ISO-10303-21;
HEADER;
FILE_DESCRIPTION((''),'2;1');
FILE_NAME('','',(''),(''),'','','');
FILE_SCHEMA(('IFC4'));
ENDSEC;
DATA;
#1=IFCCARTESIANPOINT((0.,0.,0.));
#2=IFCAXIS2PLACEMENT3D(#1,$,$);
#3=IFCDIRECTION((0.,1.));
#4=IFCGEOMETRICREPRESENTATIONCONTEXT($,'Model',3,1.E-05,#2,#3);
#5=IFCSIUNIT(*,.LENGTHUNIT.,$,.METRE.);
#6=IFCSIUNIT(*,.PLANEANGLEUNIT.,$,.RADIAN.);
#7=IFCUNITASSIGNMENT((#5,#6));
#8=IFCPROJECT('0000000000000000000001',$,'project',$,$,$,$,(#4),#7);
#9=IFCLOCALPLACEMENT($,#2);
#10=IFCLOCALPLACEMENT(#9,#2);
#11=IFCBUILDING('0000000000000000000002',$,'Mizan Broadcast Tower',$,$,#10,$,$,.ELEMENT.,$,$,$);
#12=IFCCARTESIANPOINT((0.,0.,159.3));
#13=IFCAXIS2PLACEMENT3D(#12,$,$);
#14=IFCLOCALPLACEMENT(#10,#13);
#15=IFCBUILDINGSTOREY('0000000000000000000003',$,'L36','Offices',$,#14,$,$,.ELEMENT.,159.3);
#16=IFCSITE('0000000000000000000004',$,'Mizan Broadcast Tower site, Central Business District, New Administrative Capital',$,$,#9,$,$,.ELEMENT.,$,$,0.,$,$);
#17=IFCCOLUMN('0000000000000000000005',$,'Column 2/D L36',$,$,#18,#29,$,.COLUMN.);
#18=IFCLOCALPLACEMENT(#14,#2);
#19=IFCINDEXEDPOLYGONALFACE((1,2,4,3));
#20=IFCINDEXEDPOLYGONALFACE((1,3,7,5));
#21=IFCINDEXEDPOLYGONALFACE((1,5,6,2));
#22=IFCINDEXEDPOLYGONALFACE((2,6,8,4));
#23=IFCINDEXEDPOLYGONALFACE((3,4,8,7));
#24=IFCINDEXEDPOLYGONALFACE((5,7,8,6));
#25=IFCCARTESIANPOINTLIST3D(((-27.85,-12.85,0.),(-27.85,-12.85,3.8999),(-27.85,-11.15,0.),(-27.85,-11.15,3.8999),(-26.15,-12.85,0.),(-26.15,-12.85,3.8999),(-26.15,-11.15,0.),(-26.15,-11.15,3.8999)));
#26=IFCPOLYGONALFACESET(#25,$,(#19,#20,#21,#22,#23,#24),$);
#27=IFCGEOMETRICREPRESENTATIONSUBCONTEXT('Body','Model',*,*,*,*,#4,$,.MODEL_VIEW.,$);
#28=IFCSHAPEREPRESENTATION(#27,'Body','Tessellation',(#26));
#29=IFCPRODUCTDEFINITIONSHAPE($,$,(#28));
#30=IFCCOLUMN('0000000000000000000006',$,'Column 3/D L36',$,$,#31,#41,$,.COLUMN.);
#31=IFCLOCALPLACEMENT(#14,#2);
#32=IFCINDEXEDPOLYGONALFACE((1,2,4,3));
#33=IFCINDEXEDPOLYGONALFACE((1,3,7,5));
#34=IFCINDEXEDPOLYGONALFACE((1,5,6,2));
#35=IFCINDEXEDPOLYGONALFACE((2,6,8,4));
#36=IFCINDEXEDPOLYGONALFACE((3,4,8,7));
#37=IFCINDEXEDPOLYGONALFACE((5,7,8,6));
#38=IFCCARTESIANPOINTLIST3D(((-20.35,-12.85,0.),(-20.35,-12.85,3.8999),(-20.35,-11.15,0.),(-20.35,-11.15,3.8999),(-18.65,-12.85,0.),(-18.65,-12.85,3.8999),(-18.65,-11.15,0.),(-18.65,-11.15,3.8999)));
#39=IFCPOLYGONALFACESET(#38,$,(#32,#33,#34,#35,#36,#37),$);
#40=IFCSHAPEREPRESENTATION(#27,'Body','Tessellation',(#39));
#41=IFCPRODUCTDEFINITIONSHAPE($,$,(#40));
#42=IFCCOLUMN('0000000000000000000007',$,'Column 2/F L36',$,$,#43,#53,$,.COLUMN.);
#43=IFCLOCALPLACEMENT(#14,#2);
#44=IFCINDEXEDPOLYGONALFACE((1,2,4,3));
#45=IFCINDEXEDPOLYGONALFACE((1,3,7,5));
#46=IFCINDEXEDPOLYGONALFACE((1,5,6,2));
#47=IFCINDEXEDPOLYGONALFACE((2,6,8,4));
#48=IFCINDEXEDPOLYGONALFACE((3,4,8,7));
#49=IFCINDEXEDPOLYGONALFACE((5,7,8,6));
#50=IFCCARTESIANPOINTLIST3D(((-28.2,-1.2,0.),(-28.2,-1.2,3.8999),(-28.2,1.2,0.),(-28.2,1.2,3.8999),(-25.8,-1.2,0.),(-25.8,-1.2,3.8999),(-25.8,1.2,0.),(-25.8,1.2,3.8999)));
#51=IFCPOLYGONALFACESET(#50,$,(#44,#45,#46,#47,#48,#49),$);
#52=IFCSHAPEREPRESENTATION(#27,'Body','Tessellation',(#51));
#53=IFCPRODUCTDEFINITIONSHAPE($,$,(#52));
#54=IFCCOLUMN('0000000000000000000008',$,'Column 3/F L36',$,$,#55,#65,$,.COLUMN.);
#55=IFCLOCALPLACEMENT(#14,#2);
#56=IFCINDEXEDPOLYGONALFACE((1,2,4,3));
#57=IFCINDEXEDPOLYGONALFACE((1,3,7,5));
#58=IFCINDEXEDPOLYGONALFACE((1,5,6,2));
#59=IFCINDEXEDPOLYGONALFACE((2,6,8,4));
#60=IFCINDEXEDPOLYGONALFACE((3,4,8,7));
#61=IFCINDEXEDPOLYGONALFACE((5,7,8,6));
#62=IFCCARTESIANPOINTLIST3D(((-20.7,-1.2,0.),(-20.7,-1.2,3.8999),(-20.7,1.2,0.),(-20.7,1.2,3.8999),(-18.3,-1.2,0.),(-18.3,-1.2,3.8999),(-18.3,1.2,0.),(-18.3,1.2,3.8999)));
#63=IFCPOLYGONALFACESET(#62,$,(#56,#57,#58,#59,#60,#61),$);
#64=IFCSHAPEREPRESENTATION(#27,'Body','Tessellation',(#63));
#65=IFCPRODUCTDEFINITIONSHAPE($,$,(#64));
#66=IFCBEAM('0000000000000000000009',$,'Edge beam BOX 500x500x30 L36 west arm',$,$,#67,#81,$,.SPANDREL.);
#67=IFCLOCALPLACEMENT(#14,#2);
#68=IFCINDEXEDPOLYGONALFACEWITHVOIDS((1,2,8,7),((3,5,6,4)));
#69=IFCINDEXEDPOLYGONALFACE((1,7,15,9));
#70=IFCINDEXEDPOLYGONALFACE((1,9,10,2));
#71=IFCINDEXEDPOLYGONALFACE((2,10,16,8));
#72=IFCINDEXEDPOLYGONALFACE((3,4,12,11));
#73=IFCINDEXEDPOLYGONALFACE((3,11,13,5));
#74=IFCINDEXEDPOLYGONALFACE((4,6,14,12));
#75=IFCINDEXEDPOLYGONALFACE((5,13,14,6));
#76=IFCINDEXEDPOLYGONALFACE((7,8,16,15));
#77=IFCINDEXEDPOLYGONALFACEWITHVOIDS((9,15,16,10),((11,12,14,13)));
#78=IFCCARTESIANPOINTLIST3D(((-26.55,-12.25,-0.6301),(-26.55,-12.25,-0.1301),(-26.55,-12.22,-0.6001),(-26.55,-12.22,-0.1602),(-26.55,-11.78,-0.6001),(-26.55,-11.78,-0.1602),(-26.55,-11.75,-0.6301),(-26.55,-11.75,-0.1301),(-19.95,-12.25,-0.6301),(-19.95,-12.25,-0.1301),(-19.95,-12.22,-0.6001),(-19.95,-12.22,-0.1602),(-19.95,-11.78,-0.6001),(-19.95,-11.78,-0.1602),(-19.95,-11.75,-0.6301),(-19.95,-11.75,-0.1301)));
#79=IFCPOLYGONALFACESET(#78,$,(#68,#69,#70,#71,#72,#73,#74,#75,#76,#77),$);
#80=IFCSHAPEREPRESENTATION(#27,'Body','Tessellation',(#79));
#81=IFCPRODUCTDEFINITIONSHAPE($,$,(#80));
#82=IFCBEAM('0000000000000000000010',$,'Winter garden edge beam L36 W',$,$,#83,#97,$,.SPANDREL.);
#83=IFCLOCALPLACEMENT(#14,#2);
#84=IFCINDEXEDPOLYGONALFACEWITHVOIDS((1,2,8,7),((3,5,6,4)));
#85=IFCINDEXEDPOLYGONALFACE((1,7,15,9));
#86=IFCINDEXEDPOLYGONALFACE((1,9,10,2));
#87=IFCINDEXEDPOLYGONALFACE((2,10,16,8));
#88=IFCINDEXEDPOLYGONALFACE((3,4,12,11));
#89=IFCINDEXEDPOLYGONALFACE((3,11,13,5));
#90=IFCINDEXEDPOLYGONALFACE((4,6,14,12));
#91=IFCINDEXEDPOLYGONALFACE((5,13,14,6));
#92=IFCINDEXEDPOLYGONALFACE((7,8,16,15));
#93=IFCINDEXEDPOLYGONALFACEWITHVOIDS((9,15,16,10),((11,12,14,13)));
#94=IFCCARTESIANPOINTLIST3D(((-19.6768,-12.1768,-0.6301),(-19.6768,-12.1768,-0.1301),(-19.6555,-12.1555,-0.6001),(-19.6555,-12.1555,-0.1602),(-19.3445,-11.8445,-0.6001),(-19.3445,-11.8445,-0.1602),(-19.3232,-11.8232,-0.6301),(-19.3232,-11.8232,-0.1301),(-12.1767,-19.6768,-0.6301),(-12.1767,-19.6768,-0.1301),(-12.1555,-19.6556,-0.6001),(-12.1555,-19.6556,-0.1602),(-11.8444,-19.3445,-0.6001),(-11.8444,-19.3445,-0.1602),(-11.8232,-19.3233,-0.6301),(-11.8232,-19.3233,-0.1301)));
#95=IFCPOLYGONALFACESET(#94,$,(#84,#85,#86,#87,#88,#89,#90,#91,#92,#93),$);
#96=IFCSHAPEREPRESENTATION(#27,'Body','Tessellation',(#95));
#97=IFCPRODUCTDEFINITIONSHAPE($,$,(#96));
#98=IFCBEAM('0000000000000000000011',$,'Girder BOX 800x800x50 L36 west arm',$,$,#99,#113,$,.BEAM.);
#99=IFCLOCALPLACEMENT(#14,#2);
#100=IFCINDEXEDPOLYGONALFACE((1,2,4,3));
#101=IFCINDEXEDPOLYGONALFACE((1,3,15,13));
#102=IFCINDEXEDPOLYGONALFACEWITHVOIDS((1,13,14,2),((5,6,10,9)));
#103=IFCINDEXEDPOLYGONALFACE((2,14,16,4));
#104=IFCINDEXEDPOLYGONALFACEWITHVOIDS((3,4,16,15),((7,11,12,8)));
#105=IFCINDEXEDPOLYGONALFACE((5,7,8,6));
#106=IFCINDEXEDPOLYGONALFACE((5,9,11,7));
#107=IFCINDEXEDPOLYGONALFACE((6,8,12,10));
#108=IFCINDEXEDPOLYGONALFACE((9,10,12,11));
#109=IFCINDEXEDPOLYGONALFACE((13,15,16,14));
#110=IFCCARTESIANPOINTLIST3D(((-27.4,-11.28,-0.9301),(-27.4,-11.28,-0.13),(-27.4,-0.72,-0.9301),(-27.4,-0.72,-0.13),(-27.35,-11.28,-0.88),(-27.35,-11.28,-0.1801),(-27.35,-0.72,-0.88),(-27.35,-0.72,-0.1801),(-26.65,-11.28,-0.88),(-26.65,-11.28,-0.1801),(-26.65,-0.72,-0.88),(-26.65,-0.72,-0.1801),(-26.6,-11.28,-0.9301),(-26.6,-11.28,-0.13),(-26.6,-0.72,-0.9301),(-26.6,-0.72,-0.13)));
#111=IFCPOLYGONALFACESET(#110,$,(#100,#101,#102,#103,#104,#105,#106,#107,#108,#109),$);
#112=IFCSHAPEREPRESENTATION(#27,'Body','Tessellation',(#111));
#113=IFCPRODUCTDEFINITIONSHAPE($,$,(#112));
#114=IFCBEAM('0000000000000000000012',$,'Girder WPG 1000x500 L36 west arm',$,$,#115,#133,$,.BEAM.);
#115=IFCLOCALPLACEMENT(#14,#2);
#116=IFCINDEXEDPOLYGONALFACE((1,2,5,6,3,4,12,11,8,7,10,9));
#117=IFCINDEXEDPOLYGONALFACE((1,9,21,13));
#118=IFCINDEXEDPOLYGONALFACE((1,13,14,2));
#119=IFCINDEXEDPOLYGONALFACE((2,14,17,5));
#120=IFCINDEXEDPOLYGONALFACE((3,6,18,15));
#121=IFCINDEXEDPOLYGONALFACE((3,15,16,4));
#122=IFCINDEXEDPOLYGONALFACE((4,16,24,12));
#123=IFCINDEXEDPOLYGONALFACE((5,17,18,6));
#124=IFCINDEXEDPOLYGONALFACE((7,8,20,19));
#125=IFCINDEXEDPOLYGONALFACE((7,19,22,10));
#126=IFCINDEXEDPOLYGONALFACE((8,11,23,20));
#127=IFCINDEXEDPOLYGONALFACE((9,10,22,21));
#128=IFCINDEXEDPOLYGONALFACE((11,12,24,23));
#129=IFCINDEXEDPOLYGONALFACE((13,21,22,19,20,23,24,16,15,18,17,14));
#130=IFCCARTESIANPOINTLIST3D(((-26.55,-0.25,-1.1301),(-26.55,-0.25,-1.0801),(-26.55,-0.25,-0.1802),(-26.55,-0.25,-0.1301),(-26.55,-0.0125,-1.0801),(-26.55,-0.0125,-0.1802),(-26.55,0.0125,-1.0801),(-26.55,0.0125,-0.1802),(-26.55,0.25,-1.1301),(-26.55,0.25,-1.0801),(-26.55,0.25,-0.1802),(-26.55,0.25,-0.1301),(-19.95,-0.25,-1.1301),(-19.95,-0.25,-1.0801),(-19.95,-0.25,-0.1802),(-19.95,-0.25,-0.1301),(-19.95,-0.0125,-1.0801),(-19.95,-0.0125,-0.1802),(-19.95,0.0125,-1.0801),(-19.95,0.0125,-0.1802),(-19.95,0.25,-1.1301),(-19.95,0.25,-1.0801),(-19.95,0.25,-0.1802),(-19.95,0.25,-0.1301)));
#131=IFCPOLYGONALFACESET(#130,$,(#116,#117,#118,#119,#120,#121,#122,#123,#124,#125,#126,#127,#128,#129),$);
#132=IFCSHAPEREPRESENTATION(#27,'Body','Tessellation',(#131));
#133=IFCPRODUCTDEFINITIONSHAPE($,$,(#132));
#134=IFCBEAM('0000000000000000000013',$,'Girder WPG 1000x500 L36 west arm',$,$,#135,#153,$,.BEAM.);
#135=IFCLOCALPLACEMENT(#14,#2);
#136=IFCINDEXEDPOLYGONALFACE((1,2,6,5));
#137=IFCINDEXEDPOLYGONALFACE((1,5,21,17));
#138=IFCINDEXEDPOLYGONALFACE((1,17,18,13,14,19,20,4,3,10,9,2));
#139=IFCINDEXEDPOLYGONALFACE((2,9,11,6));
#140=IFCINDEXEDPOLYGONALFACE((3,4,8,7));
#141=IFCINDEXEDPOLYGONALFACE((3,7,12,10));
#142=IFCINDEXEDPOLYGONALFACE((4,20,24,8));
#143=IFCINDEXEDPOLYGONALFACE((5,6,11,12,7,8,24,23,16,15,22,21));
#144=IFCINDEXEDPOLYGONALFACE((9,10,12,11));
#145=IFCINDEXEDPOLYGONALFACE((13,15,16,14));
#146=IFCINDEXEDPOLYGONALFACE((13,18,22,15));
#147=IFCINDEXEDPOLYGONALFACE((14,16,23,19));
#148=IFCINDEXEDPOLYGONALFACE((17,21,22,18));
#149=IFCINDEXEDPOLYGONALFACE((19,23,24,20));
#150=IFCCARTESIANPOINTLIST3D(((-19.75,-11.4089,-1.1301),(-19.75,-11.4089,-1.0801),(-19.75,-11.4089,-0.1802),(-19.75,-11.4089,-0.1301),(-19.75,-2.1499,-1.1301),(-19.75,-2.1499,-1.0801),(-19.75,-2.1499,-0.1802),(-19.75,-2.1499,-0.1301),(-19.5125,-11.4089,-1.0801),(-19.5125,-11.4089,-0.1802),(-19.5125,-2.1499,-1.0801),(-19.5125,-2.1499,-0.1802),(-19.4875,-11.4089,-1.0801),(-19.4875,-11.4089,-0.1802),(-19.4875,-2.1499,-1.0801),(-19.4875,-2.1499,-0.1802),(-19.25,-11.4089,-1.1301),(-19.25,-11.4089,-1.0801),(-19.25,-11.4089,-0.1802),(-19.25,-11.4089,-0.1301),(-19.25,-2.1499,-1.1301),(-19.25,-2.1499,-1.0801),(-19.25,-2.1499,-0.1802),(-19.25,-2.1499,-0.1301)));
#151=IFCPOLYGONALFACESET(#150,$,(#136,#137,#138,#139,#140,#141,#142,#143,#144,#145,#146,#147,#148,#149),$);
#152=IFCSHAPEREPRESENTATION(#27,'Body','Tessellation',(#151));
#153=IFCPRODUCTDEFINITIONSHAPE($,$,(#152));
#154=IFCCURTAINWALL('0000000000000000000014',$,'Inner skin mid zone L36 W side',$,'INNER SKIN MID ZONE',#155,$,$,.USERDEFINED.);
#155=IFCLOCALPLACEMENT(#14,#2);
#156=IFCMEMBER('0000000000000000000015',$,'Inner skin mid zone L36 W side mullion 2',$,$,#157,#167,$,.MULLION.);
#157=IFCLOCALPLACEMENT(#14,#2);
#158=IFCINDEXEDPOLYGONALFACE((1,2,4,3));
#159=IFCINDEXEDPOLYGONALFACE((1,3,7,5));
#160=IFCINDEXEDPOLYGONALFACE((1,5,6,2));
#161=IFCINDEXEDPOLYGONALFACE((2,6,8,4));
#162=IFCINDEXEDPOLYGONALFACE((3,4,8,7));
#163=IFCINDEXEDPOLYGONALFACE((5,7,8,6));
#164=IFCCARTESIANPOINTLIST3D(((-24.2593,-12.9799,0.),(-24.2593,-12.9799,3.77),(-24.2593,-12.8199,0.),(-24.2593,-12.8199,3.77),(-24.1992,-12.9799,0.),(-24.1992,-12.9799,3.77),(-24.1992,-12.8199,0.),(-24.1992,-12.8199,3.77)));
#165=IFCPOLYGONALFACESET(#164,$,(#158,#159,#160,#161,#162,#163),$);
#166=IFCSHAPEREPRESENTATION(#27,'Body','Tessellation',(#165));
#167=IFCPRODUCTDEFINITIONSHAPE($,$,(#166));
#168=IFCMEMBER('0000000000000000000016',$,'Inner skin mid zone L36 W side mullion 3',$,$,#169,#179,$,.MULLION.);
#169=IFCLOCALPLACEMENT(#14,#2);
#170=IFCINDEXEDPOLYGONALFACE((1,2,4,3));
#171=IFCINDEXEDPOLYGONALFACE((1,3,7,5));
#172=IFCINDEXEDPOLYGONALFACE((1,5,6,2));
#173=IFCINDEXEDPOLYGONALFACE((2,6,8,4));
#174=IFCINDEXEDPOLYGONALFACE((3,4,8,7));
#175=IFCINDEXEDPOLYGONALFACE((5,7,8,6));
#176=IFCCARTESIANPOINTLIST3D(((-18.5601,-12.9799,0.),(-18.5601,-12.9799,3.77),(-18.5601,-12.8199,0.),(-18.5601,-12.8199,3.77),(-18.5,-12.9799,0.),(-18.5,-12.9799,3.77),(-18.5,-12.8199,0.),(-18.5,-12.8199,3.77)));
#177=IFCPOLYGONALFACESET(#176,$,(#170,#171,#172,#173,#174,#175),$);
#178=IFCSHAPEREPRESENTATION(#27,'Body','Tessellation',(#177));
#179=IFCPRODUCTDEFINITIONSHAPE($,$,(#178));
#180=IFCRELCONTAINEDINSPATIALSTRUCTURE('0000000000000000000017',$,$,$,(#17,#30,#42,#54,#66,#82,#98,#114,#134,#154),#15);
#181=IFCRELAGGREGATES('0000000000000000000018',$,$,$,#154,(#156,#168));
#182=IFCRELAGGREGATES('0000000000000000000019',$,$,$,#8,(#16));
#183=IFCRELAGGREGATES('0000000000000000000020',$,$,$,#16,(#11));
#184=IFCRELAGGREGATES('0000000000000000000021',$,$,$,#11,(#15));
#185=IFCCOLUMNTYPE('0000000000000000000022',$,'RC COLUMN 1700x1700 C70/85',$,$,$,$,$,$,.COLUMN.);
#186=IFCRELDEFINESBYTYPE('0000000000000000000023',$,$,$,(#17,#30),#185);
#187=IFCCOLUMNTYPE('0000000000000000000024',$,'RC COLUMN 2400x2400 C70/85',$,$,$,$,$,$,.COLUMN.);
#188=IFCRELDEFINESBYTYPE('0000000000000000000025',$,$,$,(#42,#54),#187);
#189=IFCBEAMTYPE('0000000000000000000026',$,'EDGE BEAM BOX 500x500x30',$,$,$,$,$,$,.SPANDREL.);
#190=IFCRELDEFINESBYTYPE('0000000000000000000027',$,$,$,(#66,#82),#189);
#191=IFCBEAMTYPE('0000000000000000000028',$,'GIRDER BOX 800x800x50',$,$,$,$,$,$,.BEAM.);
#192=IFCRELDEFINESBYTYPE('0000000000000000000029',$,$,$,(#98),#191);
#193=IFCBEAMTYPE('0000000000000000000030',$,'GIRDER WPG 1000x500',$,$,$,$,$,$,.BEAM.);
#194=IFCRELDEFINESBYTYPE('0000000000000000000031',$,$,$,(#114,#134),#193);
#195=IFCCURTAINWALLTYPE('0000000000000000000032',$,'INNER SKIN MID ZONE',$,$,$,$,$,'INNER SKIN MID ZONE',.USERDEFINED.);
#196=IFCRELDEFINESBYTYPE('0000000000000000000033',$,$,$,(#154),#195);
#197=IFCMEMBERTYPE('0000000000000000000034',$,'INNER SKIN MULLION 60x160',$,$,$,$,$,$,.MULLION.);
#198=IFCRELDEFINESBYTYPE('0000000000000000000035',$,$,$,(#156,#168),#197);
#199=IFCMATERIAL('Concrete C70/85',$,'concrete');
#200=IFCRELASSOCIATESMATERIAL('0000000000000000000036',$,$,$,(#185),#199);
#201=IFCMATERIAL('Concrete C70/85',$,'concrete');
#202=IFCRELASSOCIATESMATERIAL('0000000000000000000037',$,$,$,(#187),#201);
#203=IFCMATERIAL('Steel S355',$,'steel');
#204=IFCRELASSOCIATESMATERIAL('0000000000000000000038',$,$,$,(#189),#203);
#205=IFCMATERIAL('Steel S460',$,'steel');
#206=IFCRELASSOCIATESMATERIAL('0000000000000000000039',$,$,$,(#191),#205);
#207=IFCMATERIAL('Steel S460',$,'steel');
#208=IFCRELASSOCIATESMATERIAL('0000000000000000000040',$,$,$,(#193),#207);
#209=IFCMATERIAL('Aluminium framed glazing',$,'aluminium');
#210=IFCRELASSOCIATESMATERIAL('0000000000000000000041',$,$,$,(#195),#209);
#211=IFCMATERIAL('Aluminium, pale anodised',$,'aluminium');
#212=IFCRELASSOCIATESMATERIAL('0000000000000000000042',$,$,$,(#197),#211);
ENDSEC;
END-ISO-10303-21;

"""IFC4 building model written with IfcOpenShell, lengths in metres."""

from ifc_helpers import new_model, si_unit, direction, frame, origin, origin_2d, place, context, subcontext, project, spatial, rectangle, hollow_rectangle, i_section, extrude, material, material_profile, profile_set, type_object, element, aggregate, save


model = new_model("IFC4")

# Units and contexts
model_context = context("Model", 3, precision=1e-05, world=origin(), true_north=direction((0.0, 1.0)))
body_context = subcontext(model_context, "Body", "Model", "MODEL_VIEW")
ifc_project = project(units=[si_unit("LENGTHUNIT", "METRE"), si_unit("PLANEANGLEUNIT", "RADIAN")], contexts=[model_context])

# Site, building, storey
site_placement = place(None, origin())
site = spatial("IfcSite", under=ifc_project, at=site_placement, Name="Mizan Broadcast Tower site, Central Business District, New Administrative Capital", CompositionType="ELEMENT", RefElevation=0.0)
building_placement = place(site_placement, origin())
building = spatial("IfcBuilding", under=site, at=building_placement, Name="Mizan Broadcast Tower", CompositionType="ELEMENT")
storey_placement = place(building_placement, frame((0.0, 0.0, 159.3)))
storey = spatial("IfcBuildingStorey", under=building, at=storey_placement, Name="L36", Description="Offices", CompositionType="ELEMENT", Elevation=159.3)

# Columns
ifc_material_1 = material(Name="Concrete C70/85", Category="concrete")
ifc_material_profile_1 = material_profile(ifc_material_1, rectangle(XDim=1.7, YDim=1.7, at=origin_2d()), Name="RC 1700x1700")
ifc_profile_set_1 = profile_set([ifc_material_profile_1], Name="Concrete C70/85")
column_type_1 = type_object("IfcColumnType", Name="RC COLUMN 1700x1700 C70/85", PredefinedType="COLUMN", material=ifc_profile_set_1)
for number, where, z_axis, x_axis, name in (
    (1, (-27.0, -12.0, 0.0), (0.0, 0.0, 1.0), (1.0, 0.0, 0.0), "Column 2/D L36"),
    (2, (-19.5, -12.0, 0.0), (0.0, 0.0, 1.0), (1.0, 0.0, 0.0), "Column 3/D L36"),
):
    element("IfcColumn", number, at=place(storey_placement, frame(where, z_axis=z_axis, x_axis=x_axis)), inside=storey, type_object=column_type_1, Name=name, PredefinedType="COLUMN", context=body_context, shape_type="SweptSolid", body=[
        extrude(rectangle(XDim=1.7, YDim=1.7, at=origin_2d()), origin(), (0.0, 0.0, 1.0), 3.8999),
    ])
ifc_material_2 = material(Name="Concrete C70/85", Category="concrete")
ifc_material_profile_2 = material_profile(ifc_material_2, rectangle(XDim=2.3999, YDim=2.3999, at=origin_2d()), Name="RC 2400x2400")
ifc_profile_set_2 = profile_set([ifc_material_profile_2], Name="Concrete C70/85")
column_type_2 = type_object("IfcColumnType", Name="RC COLUMN 2400x2400 C70/85", PredefinedType="COLUMN", material=ifc_profile_set_2)
for number, where, z_axis, x_axis, name in (
    (3, (-27.0, 0.0, 0.0), (0.0, 0.0, 1.0), (1.0, 0.0, 0.0), "Column 2/F L36"),
    (4, (-19.5, 0.0, 0.0), (0.0, 0.0, 1.0), (1.0, 0.0, 0.0), "Column 3/F L36"),
):
    element("IfcColumn", number, at=place(storey_placement, frame(where, z_axis=z_axis, x_axis=x_axis)), inside=storey, type_object=column_type_2, Name=name, PredefinedType="COLUMN", context=body_context, shape_type="SweptSolid", body=[
        extrude(rectangle(XDim=2.3999, YDim=2.3999, at=origin_2d()), origin(), (0.0, 0.0, 1.0), 3.8999),
    ])

# Beams
ifc_material_3 = material(Name="Steel S355", Category="steel")
ifc_material_profile_3 = material_profile(ifc_material_3, hollow_rectangle(XDim=0.5, YDim=0.5, WallThickness=0.03, at=origin_2d()), Name="BOX 500x500x30")
ifc_profile_set_3 = profile_set([ifc_material_profile_3], Name="Steel S355")
beam_type_1 = type_object("IfcBeamType", Name="EDGE BEAM BOX 500x500x30", PredefinedType="SPANDREL", material=ifc_profile_set_3)
beam_1_placement = place(storey_placement, frame((-19.95, -12.0, -0.3801), z_axis=(-1.0, 0.0, 0.0), x_axis=(0.0, -1.0, 0.0)))
element("IfcBeam", 5, at=beam_1_placement, inside=storey, type_object=beam_type_1, Name="Edge beam BOX 500x500x30 L36 west arm", PredefinedType="SPANDREL", context=body_context, shape_type="SweptSolid", body=[
    extrude(hollow_rectangle(XDim=0.5, YDim=0.5, WallThickness=0.03, at=origin_2d()), origin(), (0.0, 0.0, 1.0), 6.6001),
])
beam_2_placement = place(storey_placement, frame((-19.5, -12.0, -0.3801), z_axis=(0.707107, -0.707107, 0.0), x_axis=(0.707107, 0.707107, 0.0)))
element("IfcBeam", 6, at=beam_2_placement, inside=storey, type_object=beam_type_1, Name="Winter garden edge beam L36 W", PredefinedType="SPANDREL", context=body_context, shape_type="SweptSolid", body=[
    extrude(hollow_rectangle(XDim=0.5, YDim=0.5, WallThickness=0.03, at=origin_2d()), origin(), (0.0, 0.0, 1.0), 10.6067),
])
ifc_material_4 = material(Name="Steel S460", Category="steel")
ifc_material_profile_4 = material_profile(ifc_material_4, hollow_rectangle(XDim=0.8, YDim=0.8, WallThickness=0.05, at=origin_2d()), Name="BOX 800x800x50")
ifc_profile_set_4 = profile_set([ifc_material_profile_4], Name="Steel S460")
beam_type_2 = type_object("IfcBeamType", Name="GIRDER BOX 800x800x50", PredefinedType="BEAM", material=ifc_profile_set_4)
beam_3_placement = place(storey_placement, frame((-27.0, -11.28, -0.53), z_axis=(0.0, 1.0, 0.0), x_axis=(-1.0, 0.0, 0.0)))
element("IfcBeam", 7, at=beam_3_placement, inside=storey, type_object=beam_type_2, Name="Girder BOX 800x800x50 L36 west arm", PredefinedType="BEAM", context=body_context, shape_type="SweptSolid", body=[
    extrude(hollow_rectangle(XDim=0.8, YDim=0.8, WallThickness=0.05, at=origin_2d()), origin(), (0.0, 0.0, 1.0), 10.5601),
])
ifc_material_5 = material(Name="Steel S460", Category="steel")
ifc_material_profile_5 = material_profile(ifc_material_5, i_section(OverallWidth=0.5, OverallDepth=1.0, WebThickness=0.0249, FlangeThickness=0.05, at=origin_2d()), Name="WPG 1000x500")
ifc_profile_set_5 = profile_set([ifc_material_profile_5], Name="Steel S460")
beam_type_3 = type_object("IfcBeamType", Name="GIRDER WPG 1000x500", PredefinedType="BEAM", material=ifc_profile_set_5)
beam_4_placement = place(storey_placement, frame((-19.95, 0.0, -0.6301), z_axis=(-1.0, 0.0, 0.0), x_axis=(0.0, -1.0, 0.0)))
element("IfcBeam", 8, at=beam_4_placement, inside=storey, type_object=beam_type_3, Name="Girder WPG 1000x500 L36 west arm", PredefinedType="BEAM", context=body_context, shape_type="SweptSolid", body=[
    extrude(i_section(OverallWidth=0.5, OverallDepth=1.0, WebThickness=0.0249, FlangeThickness=0.05, at=origin_2d()), origin(), (0.0, 0.0, 1.0), 6.6001),
])
beam_5_placement = place(storey_placement, frame((-19.5, -11.4089, -0.6301), z_axis=(0.0, 1.0, 0.0), x_axis=(-1.0, 0.0, 0.0)))
element("IfcBeam", 9, at=beam_5_placement, inside=storey, type_object=beam_type_3, Name="Girder WPG 1000x500 L36 west arm", PredefinedType="BEAM", context=body_context, shape_type="SweptSolid", body=[
    extrude(i_section(OverallWidth=0.5, OverallDepth=1.0, WebThickness=0.0249, FlangeThickness=0.05, at=origin_2d()), origin(), (0.0, 0.0, 1.0), 9.259),
])

# Curtain wall, members
ifc_material_6 = material(Name="Aluminium framed glazing", Category="aluminium")
curtain_wall_type_1 = type_object("IfcCurtainWallType", Name="INNER SKIN MID ZONE", ElementType="INNER SKIN MID ZONE", PredefinedType="USERDEFINED", material=ifc_material_6)
curtain_wall_1_placement = place(storey_placement, origin())
curtain_wall_1 = element("IfcCurtainWall", 10, at=curtain_wall_1_placement, inside=storey, type_object=curtain_wall_type_1, Name="Inner skin mid zone L36 W side", ObjectType="INNER SKIN MID ZONE", PredefinedType="USERDEFINED")
ifc_material_7 = material(Name="Aluminium, pale anodised", Category="aluminium")
ifc_material_profile_6 = material_profile(ifc_material_7, rectangle(XDim=0.1599, YDim=0.0601, at=origin_2d()), Name="MULLION 160x60")
ifc_profile_set_6 = profile_set([ifc_material_profile_6], Name="Aluminium, pale anodised")
member_type_1 = type_object("IfcMemberType", Name="INNER SKIN MULLION 60x160", PredefinedType="MULLION", material=ifc_profile_set_6)
member_1_placement = place(storey_placement, frame((-24.2292, -12.8999, 0.0), z_axis=(0.0, 0.0, 1.0), x_axis=(0.0, 1.0, 0.0)))
member_1 = element("IfcMember", 11, at=member_1_placement, type_object=member_type_1, Name="Inner skin mid zone L36 W side mullion 2", PredefinedType="MULLION", context=body_context, shape_type="SweptSolid", body=[
    extrude(rectangle(XDim=0.1599, YDim=0.0601, at=origin_2d()), origin(), (0.0, 0.0, 1.0), 3.77),
])
member_2_placement = place(storey_placement, frame((-18.53, -12.8999, 0.0), z_axis=(0.0, 0.0, 1.0), x_axis=(0.0, 1.0, 0.0)))
member_2 = element("IfcMember", 12, at=member_2_placement, type_object=member_type_1, Name="Inner skin mid zone L36 W side mullion 3", PredefinedType="MULLION", context=body_context, shape_type="SweptSolid", body=[
    extrude(rectangle(XDim=0.1599, YDim=0.0601, at=origin_2d()), origin(), (0.0, 0.0, 1.0), 3.77),
])

aggregate(curtain_wall_1, [member_1, member_2])

save(model, "model.ifc")
